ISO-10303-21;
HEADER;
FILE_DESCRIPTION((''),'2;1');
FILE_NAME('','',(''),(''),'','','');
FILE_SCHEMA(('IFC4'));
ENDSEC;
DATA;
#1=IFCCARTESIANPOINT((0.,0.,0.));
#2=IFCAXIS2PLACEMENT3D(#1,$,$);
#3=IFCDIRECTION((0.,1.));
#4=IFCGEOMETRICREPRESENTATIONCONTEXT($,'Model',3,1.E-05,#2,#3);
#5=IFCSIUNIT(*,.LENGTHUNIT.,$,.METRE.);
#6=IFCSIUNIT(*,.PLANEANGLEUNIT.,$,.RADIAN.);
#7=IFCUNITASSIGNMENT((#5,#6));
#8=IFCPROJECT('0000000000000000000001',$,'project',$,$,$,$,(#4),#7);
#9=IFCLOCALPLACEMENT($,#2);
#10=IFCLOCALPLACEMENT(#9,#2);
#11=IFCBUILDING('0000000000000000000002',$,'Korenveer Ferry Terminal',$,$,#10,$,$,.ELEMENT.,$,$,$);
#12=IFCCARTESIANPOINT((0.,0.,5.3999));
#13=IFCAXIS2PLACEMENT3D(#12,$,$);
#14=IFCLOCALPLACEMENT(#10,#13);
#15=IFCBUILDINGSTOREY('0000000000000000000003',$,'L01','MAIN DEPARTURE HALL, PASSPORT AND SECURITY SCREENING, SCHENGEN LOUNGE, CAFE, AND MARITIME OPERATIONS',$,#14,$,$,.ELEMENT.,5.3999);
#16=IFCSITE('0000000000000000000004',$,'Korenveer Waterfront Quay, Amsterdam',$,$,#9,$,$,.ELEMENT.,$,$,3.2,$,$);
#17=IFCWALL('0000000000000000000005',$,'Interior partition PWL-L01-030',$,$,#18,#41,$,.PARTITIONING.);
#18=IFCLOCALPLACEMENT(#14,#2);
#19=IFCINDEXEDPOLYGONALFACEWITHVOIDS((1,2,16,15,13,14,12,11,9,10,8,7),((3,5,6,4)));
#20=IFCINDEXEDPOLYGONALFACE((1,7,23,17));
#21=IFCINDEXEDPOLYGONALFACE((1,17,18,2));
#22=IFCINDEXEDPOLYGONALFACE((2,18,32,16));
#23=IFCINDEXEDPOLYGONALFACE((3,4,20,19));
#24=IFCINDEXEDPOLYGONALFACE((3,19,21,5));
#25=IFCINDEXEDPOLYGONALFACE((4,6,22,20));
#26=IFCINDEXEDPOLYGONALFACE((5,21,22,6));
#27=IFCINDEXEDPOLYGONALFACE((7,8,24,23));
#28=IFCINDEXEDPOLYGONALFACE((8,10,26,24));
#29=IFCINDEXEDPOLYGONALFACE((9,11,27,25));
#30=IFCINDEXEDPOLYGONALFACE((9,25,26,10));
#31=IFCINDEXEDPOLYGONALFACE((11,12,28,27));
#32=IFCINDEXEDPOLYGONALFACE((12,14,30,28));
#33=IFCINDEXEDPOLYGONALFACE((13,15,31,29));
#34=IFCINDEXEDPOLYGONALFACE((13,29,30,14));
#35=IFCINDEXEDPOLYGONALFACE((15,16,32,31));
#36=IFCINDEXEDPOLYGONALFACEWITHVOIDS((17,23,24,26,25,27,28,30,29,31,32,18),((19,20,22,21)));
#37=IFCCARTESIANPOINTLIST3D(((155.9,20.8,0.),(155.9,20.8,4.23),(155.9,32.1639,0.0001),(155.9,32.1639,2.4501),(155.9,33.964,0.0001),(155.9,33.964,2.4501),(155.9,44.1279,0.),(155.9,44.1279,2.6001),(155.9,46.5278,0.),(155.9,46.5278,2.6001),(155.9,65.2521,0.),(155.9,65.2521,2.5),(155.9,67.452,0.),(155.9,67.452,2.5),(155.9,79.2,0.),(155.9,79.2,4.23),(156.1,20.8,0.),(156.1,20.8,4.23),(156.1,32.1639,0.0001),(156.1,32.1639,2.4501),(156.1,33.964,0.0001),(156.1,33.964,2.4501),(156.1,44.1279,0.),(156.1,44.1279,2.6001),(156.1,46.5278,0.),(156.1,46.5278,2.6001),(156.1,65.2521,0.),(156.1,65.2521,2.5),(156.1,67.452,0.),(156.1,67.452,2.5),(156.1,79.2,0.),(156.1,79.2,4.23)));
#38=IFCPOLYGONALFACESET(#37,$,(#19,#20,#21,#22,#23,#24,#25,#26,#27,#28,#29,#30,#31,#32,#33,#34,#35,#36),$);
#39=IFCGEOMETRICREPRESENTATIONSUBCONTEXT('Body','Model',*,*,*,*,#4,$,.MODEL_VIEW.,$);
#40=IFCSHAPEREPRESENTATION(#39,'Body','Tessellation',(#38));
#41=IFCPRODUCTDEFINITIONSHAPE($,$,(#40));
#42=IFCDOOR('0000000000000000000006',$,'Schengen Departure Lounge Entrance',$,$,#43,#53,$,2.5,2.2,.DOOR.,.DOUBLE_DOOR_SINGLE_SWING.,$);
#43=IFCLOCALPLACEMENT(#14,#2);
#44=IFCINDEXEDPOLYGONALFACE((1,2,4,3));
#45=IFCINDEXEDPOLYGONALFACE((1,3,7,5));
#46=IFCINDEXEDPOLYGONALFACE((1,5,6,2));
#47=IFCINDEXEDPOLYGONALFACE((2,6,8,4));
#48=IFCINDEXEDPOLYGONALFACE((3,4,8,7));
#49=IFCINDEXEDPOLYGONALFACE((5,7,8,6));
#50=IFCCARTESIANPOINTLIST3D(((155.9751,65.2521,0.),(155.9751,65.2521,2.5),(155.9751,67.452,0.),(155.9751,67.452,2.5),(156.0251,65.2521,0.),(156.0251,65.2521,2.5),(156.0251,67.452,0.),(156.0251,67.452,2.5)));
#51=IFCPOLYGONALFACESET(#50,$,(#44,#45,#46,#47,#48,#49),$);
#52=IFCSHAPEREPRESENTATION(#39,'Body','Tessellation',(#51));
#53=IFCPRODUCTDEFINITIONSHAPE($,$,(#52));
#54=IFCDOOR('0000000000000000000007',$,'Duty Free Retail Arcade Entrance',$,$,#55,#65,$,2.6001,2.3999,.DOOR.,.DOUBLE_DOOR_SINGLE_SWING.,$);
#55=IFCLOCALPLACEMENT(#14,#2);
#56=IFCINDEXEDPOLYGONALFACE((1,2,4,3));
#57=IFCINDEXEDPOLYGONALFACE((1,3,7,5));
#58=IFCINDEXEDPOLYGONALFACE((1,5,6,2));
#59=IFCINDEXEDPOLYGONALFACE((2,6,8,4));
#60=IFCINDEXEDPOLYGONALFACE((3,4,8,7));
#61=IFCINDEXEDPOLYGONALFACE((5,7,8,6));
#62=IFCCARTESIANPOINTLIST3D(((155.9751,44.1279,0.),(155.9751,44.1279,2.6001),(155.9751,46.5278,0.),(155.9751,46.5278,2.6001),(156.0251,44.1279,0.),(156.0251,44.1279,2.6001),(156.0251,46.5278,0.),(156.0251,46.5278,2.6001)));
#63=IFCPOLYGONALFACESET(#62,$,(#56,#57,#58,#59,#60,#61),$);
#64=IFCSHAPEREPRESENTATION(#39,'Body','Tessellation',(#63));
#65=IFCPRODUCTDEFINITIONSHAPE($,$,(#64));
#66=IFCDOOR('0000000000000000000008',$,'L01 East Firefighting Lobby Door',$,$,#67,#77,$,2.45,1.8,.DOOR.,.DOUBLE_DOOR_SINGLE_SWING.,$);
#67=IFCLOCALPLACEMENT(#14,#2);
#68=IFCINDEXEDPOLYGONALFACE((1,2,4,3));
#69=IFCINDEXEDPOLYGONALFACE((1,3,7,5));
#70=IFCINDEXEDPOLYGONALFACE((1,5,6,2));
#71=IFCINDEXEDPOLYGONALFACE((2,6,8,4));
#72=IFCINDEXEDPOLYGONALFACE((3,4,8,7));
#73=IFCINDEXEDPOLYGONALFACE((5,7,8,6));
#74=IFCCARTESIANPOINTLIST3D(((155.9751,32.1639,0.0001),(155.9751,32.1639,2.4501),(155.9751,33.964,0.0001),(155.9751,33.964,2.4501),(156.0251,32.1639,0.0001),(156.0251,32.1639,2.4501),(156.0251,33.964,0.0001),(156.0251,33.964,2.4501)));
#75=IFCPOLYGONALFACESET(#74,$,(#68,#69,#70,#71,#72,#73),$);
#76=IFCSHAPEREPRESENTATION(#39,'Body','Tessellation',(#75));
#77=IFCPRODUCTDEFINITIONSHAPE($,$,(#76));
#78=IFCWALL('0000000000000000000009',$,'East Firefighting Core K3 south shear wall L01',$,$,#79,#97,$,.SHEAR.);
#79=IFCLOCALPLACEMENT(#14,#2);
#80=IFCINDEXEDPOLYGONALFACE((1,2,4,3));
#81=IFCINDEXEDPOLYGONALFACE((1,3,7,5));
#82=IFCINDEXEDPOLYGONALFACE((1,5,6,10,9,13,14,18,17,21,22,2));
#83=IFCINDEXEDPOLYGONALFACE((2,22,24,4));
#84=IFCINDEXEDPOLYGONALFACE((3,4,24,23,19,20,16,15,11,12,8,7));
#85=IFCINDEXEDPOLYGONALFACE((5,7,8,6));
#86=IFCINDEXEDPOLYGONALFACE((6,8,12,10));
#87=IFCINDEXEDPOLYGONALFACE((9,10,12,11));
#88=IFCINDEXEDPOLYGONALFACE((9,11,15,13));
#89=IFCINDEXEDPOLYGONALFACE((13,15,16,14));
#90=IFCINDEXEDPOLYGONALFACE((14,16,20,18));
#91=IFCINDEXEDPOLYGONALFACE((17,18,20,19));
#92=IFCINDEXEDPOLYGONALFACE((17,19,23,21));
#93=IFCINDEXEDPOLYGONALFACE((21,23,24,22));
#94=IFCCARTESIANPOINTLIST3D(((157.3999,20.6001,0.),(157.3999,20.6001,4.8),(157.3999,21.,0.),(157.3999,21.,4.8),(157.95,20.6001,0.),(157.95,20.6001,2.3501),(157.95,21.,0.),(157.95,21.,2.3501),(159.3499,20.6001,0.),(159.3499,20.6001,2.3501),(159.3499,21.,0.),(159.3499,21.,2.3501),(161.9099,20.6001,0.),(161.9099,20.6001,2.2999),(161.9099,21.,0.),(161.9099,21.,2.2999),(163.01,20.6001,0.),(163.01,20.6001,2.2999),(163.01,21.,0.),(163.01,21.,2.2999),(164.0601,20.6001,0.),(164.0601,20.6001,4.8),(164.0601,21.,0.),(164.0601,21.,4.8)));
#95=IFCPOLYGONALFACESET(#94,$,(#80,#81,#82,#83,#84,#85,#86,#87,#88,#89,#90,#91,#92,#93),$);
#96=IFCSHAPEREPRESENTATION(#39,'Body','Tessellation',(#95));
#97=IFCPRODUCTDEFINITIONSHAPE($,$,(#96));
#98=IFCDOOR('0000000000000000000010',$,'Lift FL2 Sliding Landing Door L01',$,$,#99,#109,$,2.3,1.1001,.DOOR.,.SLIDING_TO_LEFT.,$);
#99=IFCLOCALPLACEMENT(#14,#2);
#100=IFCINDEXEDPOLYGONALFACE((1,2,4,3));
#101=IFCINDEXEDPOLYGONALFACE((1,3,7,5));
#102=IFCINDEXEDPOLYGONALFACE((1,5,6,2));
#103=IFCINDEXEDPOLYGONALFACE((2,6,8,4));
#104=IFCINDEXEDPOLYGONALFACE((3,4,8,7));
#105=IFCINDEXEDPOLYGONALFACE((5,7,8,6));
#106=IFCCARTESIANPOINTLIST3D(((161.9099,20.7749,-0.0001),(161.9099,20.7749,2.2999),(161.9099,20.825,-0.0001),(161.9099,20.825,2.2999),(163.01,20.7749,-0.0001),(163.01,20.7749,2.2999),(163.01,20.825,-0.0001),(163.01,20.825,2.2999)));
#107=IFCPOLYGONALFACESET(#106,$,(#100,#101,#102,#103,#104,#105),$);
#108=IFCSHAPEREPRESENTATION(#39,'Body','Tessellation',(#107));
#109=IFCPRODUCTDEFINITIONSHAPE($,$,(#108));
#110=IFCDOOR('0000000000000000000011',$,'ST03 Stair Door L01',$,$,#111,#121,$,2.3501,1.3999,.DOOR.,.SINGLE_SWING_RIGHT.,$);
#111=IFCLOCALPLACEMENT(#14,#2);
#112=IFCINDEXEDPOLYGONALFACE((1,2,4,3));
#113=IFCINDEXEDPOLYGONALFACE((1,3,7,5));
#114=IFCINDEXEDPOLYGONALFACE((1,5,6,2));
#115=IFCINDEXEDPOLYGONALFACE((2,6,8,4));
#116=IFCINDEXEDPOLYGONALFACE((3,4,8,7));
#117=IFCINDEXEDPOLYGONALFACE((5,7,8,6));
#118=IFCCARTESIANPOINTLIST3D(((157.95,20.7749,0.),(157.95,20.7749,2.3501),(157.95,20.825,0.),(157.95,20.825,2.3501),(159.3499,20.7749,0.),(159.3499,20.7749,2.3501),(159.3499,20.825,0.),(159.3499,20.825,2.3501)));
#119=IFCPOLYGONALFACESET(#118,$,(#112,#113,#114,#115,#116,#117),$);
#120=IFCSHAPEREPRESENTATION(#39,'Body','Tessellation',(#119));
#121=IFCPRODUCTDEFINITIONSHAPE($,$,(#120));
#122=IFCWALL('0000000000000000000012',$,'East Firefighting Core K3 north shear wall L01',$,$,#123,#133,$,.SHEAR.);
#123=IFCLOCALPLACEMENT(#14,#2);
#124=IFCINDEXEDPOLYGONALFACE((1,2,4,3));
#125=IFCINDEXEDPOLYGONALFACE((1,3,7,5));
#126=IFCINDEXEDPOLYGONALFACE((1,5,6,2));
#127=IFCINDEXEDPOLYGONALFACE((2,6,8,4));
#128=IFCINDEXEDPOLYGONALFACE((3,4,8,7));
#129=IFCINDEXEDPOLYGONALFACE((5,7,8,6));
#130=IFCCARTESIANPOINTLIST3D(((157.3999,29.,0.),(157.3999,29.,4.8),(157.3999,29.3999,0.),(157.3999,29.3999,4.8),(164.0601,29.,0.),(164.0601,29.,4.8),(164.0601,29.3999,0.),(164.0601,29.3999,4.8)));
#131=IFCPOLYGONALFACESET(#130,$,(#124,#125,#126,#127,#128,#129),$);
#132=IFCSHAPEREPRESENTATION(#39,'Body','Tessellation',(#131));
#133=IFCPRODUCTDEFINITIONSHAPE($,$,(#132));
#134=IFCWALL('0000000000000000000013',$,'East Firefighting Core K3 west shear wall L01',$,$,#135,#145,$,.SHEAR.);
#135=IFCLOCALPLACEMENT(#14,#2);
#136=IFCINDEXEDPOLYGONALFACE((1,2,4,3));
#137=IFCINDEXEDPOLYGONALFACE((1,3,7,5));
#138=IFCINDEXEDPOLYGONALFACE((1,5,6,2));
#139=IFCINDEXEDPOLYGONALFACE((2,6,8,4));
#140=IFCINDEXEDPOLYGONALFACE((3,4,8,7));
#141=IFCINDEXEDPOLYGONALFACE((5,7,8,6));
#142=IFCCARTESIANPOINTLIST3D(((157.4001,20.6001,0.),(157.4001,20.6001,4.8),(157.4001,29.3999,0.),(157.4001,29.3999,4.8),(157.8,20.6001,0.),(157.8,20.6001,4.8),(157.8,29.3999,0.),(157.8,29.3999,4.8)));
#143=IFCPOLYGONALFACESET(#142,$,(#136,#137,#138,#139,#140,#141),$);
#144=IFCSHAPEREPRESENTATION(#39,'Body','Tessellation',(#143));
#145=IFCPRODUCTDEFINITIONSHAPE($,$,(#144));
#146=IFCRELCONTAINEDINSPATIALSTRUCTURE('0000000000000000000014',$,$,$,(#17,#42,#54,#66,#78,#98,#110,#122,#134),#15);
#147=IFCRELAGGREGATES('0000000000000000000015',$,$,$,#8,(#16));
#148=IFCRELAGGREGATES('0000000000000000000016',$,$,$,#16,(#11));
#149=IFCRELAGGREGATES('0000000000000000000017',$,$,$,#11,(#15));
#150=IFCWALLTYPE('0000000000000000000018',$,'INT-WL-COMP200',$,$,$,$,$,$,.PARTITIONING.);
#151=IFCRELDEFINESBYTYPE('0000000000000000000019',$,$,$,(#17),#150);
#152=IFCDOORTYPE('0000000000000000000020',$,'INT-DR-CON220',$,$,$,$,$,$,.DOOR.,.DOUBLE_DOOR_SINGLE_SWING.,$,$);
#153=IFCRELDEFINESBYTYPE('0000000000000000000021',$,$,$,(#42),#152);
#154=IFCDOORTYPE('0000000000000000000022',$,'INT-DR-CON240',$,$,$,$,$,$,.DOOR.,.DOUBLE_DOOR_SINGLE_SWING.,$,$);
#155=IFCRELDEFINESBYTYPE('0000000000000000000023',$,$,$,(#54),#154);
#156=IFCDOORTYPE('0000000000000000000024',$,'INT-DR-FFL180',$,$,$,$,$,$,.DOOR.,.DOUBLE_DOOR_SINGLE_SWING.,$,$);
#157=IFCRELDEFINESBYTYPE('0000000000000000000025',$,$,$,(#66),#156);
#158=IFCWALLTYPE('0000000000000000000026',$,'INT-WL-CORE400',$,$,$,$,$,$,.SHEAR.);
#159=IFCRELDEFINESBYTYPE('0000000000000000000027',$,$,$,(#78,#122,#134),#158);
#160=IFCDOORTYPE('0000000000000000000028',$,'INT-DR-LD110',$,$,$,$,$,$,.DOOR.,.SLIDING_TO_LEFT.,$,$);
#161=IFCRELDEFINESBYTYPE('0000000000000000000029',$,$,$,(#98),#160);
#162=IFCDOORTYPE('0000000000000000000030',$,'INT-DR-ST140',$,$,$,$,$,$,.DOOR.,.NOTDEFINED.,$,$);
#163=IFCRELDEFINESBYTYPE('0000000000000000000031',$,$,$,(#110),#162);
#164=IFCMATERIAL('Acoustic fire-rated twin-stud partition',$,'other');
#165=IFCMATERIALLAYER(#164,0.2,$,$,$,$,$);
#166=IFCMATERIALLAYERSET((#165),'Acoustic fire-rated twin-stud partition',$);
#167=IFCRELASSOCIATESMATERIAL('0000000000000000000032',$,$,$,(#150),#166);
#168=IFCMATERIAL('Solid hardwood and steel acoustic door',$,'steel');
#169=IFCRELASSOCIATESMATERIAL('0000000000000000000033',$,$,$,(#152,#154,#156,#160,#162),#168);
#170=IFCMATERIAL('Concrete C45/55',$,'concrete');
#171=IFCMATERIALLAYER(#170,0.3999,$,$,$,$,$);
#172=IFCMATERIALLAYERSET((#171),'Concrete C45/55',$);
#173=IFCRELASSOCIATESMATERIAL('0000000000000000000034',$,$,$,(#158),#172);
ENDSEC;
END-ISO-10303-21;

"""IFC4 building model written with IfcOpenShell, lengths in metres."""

from ifc_helpers import new_model, si_unit, direction, frame, frame_2d, origin, place, context, subcontext, project, spatial, rectangle, extrude, material, layer, layer_set, type_object, element, fill, save


model = new_model("IFC4")

# Units and contexts
model_context = context("Model", 3, precision=1e-05, world=origin(), true_north=direction((0.0, 1.0)))
body_context = subcontext(model_context, "Body", "Model", "MODEL_VIEW")
ifc_project = project(units=[si_unit("LENGTHUNIT", "METRE"), si_unit("PLANEANGLEUNIT", "RADIAN")], contexts=[model_context])

# Site, building, storey
site_placement = place(None, origin())
site = spatial("IfcSite", under=ifc_project, at=site_placement, Name="Korenveer Waterfront Quay, Amsterdam", CompositionType="ELEMENT", RefElevation=3.2)
building_placement = place(site_placement, origin())
building = spatial("IfcBuilding", under=site, at=building_placement, Name="Korenveer Ferry Terminal", CompositionType="ELEMENT")
storey_placement = place(building_placement, frame((0.0, 0.0, 5.3999)))
storey = spatial("IfcBuildingStorey", under=building, at=storey_placement, Name="L01", Description="MAIN DEPARTURE HALL, PASSPORT AND SECURITY SCREENING, SCHENGEN LOUNGE, CAFE, AND MARITIME OPERATIONS", CompositionType="ELEMENT", Elevation=5.3999)

# Shared definitions
ifc_material_1 = material(Name="Concrete C45/55", Category="concrete")

# Walls, openings, doors
ifc_material_2 = material(Name="Acoustic fire-rated twin-stud partition", Category="other")
ifc_layer_1 = layer(ifc_material_2, 0.2)
ifc_layer_set_1 = layer_set([ifc_layer_1], Name="Acoustic fire-rated twin-stud partition")
wall_type_1 = type_object("IfcWallType", Name="INT-WL-COMP200", PredefinedType="PARTITIONING", material=ifc_layer_set_1)
wall_1_placement = place(storey_placement, frame((156.0, 20.8, 0.0), z_axis=(0.0, 0.0, 1.0), x_axis=(0.0, 1.0, 0.0)))
wall_1 = element("IfcWall", 1, at=wall_1_placement, inside=storey, type_object=wall_type_1, Name="Interior partition PWL-L01-030", PredefinedType="PARTITIONING", context=body_context, shape_type="SweptSolid", body=[
    extrude(rectangle(XDim=58.3999, YDim=0.2, at=frame_2d((29.2, 0.0))), origin(), (0.0, 0.0, 1.0), 4.23),
])
opening_1_placement = place(wall_1_placement, frame((11.364, 0.0, 0.0)))
opening_1 = element("IfcOpeningElement", 2, at=opening_1_placement, cuts=wall_1, PredefinedType="OPENING", context=body_context, shape_type="SweptSolid", body=[
    extrude(rectangle(XDim=1.8, YDim=2.45, at=frame_2d((0.8999, 1.2251))), frame((0.0, 0.1099, 0.0), z_axis=(0.0, -1.0, 0.0), x_axis=(1.0, 0.0, 0.0)), (0.0, 0.0, 1.0), 0.22),
])
opening_2_placement = place(wall_1_placement, frame((23.3279, 0.0, 0.0)))
opening_2 = element("IfcOpeningElement", 3, at=opening_2_placement, cuts=wall_1, PredefinedType="OPENING", context=body_context, shape_type="SweptSolid", body=[
    extrude(rectangle(XDim=2.3999, YDim=2.6001, at=frame_2d((1.2, 1.3))), frame((0.0, 0.1099, 0.0), z_axis=(0.0, -1.0, 0.0), x_axis=(1.0, 0.0, 0.0)), (0.0, 0.0, 1.0), 0.22),
])
opening_3_placement = place(wall_1_placement, frame((44.4519, 0.0, 0.0)))
opening_3 = element("IfcOpeningElement", 4, at=opening_3_placement, cuts=wall_1, PredefinedType="OPENING", context=body_context, shape_type="SweptSolid", body=[
    extrude(rectangle(XDim=2.2, YDim=2.5, at=frame_2d((1.1001, 1.25))), frame((0.0, 0.1099, 0.0), z_axis=(0.0, -1.0, 0.0), x_axis=(1.0, 0.0, 0.0)), (0.0, 0.0, 1.0), 0.22),
])
ifc_material_3 = material(Name="Solid hardwood and steel acoustic door", Category="steel")
door_type_1 = type_object("IfcDoorType", Name="INT-DR-CON220", OperationType="DOUBLE_DOOR_SINGLE_SWING", PredefinedType="DOOR", material=ifc_material_3)
door_1_placement = place(opening_3_placement, origin())
door_1 = element("IfcDoor", 5, at=door_1_placement, inside=storey, type_object=door_type_1, Name="Schengen Departure Lounge Entrance", OperationType="DOUBLE_DOOR_SINGLE_SWING", OverallHeight=2.5, OverallWidth=2.2, PredefinedType="DOOR", context=body_context, shape_type="SweptSolid", body=[
    extrude(rectangle(XDim=2.2, YDim=2.5, at=frame_2d((1.1001, 1.25))), frame((0.0, 0.0249, 0.0), z_axis=(0.0, -1.0, 0.0), x_axis=(1.0, 0.0, 0.0)), (0.0, 0.0, 1.0), 0.05),
])
fill(opening_3, door_1)
door_type_2 = type_object("IfcDoorType", Name="INT-DR-CON240", OperationType="DOUBLE_DOOR_SINGLE_SWING", PredefinedType="DOOR", material=ifc_material_3)
door_2_placement = place(opening_2_placement, origin())
door_2 = element("IfcDoor", 6, at=door_2_placement, inside=storey, type_object=door_type_2, Name="Duty Free Retail Arcade Entrance", OperationType="DOUBLE_DOOR_SINGLE_SWING", OverallHeight=2.6001, OverallWidth=2.3999, PredefinedType="DOOR", context=body_context, shape_type="SweptSolid", body=[
    extrude(rectangle(XDim=2.3999, YDim=2.6001, at=frame_2d((1.2, 1.3))), frame((0.0, 0.0249, 0.0), z_axis=(0.0, -1.0, 0.0), x_axis=(1.0, 0.0, 0.0)), (0.0, 0.0, 1.0), 0.05),
])
fill(opening_2, door_2)
door_type_3 = type_object("IfcDoorType", Name="INT-DR-FFL180", OperationType="DOUBLE_DOOR_SINGLE_SWING", PredefinedType="DOOR", material=ifc_material_3)
door_3_placement = place(opening_1_placement, origin())
door_3 = element("IfcDoor", 7, at=door_3_placement, inside=storey, type_object=door_type_3, Name="L01 East Firefighting Lobby Door", OperationType="DOUBLE_DOOR_SINGLE_SWING", OverallHeight=2.45, OverallWidth=1.8, PredefinedType="DOOR", context=body_context, shape_type="SweptSolid", body=[
    extrude(rectangle(XDim=1.8, YDim=2.45, at=frame_2d((0.8999, 1.2251))), frame((0.0, 0.0249, 0.0), z_axis=(0.0, -1.0, 0.0), x_axis=(1.0, 0.0, 0.0)), (0.0, 0.0, 1.0), 0.05),
])
fill(opening_1, door_3)
ifc_layer_2 = layer(ifc_material_1, 0.3999)
ifc_layer_set_2 = layer_set([ifc_layer_2], Name="Concrete C45/55")
wall_type_2 = type_object("IfcWallType", Name="INT-WL-CORE400", PredefinedType="SHEAR", material=ifc_layer_set_2)
wall_2_placement = place(storey_placement, frame((157.3999, 20.8, 0.0), z_axis=(0.0, 0.0, 1.0), x_axis=(1.0, 0.0, 0.0)))
wall_2 = element("IfcWall", 8, at=wall_2_placement, inside=storey, type_object=wall_type_2, Name="East Firefighting Core K3 south shear wall L01", PredefinedType="SHEAR", context=body_context, shape_type="SweptSolid", body=[
    extrude(rectangle(XDim=6.6602, YDim=0.3999, at=frame_2d((3.3301, 0.0))), origin(), (0.0, 0.0, 1.0), 4.8),
])
opening_4_placement = place(wall_2_placement, frame((0.55, 0.0, 0.0)))
opening_4 = element("IfcOpeningElement", 9, at=opening_4_placement, cuts=wall_2, PredefinedType="OPENING", context=body_context, shape_type="SweptSolid", body=[
    extrude(rectangle(XDim=1.3999, YDim=2.3501, at=frame_2d((0.7, 1.175))), frame((0.0, 0.21, 0.0), z_axis=(0.0, -1.0, 0.0), x_axis=(1.0, 0.0, 0.0)), (0.0, 0.0, 1.0), 0.4199),
])
opening_5_placement = place(wall_2_placement, frame((4.51, 0.0, 0.0)))
opening_5 = element("IfcOpeningElement", 10, at=opening_5_placement, cuts=wall_2, PredefinedType="OPENING", context=body_context, shape_type="SweptSolid", body=[
    extrude(rectangle(XDim=1.1001, YDim=2.3, at=frame_2d((0.55, 1.1499))), frame((0.0, 0.21, 0.0), z_axis=(0.0, -1.0, 0.0), x_axis=(1.0, 0.0, 0.0)), (0.0, 0.0, 1.0), 0.4199),
])
door_type_4 = type_object("IfcDoorType", Name="INT-DR-LD110", OperationType="SLIDING_TO_LEFT", PredefinedType="DOOR", material=ifc_material_3)
door_4_placement = place(opening_5_placement, origin())
door_4 = element("IfcDoor", 11, at=door_4_placement, inside=storey, type_object=door_type_4, Name="Lift FL2 Sliding Landing Door L01", OperationType="SLIDING_TO_LEFT", OverallHeight=2.3, OverallWidth=1.1001, PredefinedType="DOOR", context=body_context, shape_type="SweptSolid", body=[
    extrude(rectangle(XDim=1.1001, YDim=2.3, at=frame_2d((0.55, 1.1499))), frame((0.0, 0.0249, 0.0), z_axis=(0.0, -1.0, 0.0), x_axis=(1.0, 0.0, 0.0)), (0.0, 0.0, 1.0), 0.05),
])
fill(opening_5, door_4)
door_type_5 = type_object("IfcDoorType", Name="INT-DR-ST140", OperationType="NOTDEFINED", PredefinedType="DOOR", material=ifc_material_3)
door_5_placement = place(opening_4_placement, origin())
door_5 = element("IfcDoor", 12, at=door_5_placement, inside=storey, type_object=door_type_5, Name="ST03 Stair Door L01", OperationType="SINGLE_SWING_RIGHT", OverallHeight=2.3501, OverallWidth=1.3999, PredefinedType="DOOR", context=body_context, shape_type="SweptSolid", body=[
    extrude(rectangle(XDim=1.3999, YDim=2.3501, at=frame_2d((0.7, 1.175))), frame((0.0, 0.0249, 0.0), z_axis=(0.0, -1.0, 0.0), x_axis=(1.0, 0.0, 0.0)), (0.0, 0.0, 1.0), 0.05),
])
fill(opening_4, door_5)

# Walls
wall_3_placement = place(storey_placement, frame((157.3999, 29.2, 0.0), z_axis=(0.0, 0.0, 1.0), x_axis=(1.0, 0.0, 0.0)))
element("IfcWall", 13, at=wall_3_placement, inside=storey, type_object=wall_type_2, Name="East Firefighting Core K3 north shear wall L01", PredefinedType="SHEAR", context=body_context, shape_type="SweptSolid", body=[
    extrude(rectangle(XDim=6.6602, YDim=0.3999, at=frame_2d((3.3301, 0.0))), origin(), (0.0, 0.0, 1.0), 4.8),
])
wall_4_placement = place(storey_placement, frame((157.6001, 20.6001, 0.0), z_axis=(0.0, 0.0, 1.0), x_axis=(0.0, 1.0, 0.0)))
element("IfcWall", 14, at=wall_4_placement, inside=storey, type_object=wall_type_2, Name="East Firefighting Core K3 west shear wall L01", PredefinedType="SHEAR", context=body_context, shape_type="SweptSolid", body=[
    extrude(rectangle(XDim=8.7998, YDim=0.3999, at=frame_2d((4.3999, 0.0))), origin(), (0.0, 0.0, 1.0), 4.8),
])

save(model, "model.ifc")
